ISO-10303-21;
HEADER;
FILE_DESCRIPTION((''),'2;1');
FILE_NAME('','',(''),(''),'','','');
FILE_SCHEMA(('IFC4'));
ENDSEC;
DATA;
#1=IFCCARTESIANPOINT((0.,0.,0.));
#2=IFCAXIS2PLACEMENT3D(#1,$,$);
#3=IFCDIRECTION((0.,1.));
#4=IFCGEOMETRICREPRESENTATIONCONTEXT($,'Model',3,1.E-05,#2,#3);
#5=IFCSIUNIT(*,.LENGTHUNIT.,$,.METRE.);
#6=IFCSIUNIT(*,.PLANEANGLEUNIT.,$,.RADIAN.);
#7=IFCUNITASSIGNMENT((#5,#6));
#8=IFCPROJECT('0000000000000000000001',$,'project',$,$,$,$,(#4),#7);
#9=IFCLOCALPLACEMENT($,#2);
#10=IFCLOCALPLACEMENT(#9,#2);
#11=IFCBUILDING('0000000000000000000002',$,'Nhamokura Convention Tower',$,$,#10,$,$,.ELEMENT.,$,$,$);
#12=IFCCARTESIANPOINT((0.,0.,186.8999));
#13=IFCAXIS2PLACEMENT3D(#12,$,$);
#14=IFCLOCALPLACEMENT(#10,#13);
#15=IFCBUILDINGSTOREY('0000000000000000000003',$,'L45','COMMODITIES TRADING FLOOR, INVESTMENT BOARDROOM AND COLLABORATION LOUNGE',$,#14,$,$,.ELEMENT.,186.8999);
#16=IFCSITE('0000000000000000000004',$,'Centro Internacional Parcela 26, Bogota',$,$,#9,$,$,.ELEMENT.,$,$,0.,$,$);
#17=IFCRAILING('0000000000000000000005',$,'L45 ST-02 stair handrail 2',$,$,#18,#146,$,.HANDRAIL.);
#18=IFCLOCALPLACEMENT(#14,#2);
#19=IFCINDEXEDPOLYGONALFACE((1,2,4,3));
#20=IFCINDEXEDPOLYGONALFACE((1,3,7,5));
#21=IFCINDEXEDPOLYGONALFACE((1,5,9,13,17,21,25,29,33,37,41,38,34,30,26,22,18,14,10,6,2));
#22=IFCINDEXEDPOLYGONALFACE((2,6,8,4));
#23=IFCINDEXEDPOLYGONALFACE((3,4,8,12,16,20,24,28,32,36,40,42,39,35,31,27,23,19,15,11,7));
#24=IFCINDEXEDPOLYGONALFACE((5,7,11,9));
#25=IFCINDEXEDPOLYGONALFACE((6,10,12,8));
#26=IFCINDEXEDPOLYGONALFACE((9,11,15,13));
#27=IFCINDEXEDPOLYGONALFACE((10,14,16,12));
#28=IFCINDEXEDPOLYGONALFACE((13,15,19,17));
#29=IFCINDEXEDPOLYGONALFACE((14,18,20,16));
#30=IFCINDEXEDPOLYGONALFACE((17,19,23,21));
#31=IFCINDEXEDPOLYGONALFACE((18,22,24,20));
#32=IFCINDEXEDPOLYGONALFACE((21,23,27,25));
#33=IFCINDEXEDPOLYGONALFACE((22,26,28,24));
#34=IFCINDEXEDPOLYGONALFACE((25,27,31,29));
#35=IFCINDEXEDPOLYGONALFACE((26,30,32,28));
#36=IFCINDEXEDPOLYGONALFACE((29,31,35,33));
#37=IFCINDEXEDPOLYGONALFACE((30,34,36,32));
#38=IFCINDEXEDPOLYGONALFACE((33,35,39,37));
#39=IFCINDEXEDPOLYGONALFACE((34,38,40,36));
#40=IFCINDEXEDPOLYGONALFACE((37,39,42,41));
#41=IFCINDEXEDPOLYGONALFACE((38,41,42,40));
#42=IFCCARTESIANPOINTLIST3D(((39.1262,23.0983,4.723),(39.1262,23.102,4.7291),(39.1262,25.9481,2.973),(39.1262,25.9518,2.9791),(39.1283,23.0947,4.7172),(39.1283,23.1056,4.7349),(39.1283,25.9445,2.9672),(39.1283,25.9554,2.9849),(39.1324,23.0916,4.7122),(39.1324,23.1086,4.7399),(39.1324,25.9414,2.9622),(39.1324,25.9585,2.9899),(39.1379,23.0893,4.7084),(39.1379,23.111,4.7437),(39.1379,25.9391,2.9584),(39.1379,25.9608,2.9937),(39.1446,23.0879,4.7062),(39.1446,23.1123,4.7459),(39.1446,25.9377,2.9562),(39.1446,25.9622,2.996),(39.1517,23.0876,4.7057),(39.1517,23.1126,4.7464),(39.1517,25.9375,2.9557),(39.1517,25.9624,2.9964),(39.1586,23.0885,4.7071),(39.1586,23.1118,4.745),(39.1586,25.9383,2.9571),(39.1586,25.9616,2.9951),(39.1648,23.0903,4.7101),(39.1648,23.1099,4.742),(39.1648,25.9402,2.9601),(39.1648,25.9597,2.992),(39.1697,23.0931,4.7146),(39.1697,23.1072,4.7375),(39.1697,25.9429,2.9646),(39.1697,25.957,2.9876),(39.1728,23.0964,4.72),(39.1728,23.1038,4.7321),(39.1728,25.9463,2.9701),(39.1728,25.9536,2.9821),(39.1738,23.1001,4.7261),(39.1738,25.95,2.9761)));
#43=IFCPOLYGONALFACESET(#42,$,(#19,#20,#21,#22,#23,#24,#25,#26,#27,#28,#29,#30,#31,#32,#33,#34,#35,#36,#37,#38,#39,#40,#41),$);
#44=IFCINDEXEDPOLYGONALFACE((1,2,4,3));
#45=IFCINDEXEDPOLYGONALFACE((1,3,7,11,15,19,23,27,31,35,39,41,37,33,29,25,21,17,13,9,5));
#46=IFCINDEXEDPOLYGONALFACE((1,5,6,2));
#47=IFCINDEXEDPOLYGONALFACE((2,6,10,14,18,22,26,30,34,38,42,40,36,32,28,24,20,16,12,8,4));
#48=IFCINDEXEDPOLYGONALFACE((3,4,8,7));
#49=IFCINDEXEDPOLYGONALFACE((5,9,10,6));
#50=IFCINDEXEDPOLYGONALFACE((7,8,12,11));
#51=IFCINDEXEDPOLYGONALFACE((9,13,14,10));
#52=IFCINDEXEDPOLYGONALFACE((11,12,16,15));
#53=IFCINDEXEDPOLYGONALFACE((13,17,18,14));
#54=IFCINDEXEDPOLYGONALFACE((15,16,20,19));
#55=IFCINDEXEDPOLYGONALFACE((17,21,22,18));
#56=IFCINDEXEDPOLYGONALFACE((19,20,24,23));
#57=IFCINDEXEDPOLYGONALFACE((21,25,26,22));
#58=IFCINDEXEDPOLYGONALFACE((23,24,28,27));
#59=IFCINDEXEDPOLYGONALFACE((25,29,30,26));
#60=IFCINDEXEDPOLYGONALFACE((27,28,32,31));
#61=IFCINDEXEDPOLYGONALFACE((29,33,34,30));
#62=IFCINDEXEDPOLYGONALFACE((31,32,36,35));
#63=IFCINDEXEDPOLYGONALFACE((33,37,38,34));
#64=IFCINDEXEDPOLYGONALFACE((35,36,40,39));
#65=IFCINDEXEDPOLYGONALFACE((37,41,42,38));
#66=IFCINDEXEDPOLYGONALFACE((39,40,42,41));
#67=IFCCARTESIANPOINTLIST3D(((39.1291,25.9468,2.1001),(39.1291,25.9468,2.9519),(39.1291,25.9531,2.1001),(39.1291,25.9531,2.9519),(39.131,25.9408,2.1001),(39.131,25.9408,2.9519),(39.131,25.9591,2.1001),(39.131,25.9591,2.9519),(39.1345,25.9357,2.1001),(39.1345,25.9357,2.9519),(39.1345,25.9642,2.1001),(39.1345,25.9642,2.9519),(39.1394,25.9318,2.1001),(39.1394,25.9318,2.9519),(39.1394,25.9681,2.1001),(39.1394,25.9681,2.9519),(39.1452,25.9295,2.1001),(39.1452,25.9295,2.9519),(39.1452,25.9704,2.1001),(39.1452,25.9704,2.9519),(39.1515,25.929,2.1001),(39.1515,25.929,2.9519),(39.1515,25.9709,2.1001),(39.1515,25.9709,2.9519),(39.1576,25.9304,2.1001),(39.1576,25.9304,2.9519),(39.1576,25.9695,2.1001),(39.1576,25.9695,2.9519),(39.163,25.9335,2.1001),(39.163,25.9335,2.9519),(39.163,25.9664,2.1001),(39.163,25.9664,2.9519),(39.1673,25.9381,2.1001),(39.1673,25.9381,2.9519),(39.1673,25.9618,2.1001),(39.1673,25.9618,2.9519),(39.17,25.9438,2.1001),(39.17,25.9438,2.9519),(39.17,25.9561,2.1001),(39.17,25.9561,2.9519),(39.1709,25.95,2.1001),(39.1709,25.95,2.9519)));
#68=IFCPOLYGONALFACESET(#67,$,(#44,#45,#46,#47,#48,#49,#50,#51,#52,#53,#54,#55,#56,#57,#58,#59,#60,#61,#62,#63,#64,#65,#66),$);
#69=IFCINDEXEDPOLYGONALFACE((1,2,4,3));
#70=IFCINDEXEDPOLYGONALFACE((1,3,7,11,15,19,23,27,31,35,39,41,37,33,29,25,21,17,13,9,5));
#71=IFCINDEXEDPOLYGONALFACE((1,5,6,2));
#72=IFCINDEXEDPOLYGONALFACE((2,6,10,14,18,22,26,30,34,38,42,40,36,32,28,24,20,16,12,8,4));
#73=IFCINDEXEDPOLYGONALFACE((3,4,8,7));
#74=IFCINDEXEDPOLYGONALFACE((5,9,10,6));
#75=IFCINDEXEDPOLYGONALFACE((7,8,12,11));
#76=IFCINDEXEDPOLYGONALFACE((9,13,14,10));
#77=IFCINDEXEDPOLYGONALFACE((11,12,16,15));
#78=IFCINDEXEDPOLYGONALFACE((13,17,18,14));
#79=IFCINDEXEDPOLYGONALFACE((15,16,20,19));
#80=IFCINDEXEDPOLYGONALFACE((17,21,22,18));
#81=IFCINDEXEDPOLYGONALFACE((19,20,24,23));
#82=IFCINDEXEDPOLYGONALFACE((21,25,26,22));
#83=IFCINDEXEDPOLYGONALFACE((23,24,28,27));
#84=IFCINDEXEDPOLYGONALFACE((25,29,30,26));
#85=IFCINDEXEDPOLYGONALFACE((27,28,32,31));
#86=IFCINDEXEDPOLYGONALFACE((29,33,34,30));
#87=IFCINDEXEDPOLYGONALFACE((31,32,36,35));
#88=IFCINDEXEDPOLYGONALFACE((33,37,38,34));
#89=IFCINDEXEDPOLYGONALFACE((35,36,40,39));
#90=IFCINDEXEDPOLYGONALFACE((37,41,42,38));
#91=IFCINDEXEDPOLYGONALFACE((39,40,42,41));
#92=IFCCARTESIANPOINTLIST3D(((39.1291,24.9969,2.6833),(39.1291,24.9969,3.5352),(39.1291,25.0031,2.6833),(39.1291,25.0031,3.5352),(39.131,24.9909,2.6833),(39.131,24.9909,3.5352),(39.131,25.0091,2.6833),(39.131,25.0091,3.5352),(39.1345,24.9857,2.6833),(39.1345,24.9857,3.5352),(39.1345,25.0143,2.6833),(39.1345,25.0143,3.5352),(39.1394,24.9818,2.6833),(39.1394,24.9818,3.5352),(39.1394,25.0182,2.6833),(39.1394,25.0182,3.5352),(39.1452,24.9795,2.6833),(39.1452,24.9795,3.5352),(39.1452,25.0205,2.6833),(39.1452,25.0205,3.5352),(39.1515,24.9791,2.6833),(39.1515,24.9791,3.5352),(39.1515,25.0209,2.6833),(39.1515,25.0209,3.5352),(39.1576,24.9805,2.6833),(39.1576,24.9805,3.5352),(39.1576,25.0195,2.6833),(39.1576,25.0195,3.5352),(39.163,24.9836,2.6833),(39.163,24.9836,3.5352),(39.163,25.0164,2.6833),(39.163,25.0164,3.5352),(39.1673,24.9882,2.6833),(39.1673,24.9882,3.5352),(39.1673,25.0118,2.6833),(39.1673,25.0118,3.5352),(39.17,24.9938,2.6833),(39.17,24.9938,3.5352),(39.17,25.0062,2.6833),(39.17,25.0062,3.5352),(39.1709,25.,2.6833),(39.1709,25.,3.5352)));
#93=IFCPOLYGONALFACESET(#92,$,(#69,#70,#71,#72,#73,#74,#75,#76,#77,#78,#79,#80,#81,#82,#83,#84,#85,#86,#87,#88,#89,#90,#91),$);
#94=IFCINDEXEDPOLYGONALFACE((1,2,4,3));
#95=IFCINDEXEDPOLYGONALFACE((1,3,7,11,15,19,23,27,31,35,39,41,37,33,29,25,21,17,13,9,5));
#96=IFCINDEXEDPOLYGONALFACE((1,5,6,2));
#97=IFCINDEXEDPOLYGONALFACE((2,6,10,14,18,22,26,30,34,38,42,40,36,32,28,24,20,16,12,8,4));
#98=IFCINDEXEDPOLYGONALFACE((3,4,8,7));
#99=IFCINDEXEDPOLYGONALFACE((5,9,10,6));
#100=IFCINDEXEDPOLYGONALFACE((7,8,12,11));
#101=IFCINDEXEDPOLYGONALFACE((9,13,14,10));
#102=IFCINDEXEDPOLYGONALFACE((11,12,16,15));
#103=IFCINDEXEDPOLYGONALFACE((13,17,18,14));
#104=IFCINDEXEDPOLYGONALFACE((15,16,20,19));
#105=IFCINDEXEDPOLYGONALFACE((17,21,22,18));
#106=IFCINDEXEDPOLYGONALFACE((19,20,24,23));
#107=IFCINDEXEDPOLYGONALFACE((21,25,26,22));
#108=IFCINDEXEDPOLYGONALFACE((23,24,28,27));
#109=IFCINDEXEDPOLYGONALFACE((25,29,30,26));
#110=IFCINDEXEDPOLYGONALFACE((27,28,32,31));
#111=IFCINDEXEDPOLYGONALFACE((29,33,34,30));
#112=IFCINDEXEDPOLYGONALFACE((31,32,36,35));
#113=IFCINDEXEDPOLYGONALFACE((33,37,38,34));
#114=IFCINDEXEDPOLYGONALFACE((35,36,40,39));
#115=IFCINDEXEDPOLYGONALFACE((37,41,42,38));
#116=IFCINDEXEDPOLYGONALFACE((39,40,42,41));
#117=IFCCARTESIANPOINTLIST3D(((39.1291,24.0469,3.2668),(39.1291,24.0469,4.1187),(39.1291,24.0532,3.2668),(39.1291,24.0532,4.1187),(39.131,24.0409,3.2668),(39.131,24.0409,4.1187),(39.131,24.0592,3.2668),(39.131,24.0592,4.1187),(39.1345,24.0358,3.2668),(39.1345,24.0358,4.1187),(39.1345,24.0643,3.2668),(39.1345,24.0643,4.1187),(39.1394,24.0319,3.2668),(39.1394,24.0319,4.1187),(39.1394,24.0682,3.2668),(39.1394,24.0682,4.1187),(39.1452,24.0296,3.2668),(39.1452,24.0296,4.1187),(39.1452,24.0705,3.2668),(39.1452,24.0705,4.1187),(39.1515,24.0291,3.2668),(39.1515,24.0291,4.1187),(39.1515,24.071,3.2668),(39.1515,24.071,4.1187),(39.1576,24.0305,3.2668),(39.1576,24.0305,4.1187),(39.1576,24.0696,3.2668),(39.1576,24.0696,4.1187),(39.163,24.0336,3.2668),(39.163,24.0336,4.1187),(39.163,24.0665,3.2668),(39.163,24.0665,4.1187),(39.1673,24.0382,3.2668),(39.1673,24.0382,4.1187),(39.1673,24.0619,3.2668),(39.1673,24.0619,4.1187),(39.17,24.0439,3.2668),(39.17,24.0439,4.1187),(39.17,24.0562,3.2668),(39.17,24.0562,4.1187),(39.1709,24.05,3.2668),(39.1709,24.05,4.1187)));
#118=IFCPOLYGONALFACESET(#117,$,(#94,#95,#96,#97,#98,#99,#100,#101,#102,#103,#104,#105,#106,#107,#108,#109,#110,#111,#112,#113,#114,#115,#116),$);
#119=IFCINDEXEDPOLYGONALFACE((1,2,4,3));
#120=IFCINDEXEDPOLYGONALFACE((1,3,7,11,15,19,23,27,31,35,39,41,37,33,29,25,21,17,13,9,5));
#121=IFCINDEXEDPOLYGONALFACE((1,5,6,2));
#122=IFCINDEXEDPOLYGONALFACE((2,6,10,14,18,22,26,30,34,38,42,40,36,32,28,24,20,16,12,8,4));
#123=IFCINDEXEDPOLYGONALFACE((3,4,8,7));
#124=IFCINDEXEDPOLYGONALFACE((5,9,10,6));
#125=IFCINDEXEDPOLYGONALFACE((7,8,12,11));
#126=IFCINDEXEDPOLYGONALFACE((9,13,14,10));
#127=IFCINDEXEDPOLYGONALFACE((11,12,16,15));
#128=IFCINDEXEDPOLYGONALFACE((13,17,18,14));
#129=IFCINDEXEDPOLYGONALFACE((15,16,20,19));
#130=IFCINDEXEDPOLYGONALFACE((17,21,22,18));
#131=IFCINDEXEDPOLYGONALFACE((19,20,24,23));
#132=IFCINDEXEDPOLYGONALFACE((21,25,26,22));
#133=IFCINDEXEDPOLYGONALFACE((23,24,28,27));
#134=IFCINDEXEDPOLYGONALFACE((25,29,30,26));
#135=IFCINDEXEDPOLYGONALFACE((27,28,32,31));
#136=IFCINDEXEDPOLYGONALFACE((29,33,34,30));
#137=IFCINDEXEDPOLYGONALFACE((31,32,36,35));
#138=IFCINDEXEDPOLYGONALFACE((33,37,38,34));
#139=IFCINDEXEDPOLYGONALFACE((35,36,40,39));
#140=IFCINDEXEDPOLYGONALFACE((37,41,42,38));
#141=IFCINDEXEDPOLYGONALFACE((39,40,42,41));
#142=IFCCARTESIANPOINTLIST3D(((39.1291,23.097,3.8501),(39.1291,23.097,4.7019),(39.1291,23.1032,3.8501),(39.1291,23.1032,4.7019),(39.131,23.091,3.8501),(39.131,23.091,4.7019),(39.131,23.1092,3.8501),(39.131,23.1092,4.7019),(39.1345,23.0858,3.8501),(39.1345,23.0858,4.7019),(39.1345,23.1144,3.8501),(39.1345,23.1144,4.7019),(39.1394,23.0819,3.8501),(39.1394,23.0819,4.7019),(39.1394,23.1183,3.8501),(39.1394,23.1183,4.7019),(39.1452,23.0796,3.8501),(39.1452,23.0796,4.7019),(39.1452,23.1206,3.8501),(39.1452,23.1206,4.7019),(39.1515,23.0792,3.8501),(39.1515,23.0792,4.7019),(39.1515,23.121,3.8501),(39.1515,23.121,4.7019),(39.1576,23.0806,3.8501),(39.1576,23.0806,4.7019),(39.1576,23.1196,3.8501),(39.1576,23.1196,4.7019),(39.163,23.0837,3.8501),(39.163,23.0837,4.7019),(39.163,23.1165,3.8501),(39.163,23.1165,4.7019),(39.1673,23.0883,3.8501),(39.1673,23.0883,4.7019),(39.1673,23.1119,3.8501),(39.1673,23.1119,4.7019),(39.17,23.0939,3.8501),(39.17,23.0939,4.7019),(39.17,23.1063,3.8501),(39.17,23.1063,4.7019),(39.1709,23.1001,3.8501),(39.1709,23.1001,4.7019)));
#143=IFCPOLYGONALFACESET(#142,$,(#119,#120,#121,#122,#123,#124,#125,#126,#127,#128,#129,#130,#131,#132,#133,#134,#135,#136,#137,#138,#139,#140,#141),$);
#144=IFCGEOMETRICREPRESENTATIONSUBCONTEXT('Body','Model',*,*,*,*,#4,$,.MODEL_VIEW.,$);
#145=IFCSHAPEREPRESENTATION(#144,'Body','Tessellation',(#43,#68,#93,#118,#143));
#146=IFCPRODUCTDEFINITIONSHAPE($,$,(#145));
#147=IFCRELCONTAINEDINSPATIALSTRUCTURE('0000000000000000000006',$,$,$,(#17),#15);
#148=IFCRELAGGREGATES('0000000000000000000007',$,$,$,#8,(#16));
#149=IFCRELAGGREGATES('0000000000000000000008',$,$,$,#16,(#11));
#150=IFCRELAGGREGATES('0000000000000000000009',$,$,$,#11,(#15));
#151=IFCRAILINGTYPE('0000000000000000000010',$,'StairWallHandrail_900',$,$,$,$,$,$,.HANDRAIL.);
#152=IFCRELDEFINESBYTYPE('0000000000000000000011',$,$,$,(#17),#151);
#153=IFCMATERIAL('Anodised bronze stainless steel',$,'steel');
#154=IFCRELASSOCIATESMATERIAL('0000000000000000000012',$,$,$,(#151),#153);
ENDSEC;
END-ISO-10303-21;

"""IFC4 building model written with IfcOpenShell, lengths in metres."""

from ifc_helpers import new_model, si_unit, direction, frame, origin, origin_2d, place, context, subcontext, project, spatial, circle, extrude, material, type_object, element, save


model = new_model("IFC4")

# Units and contexts
model_context = context("Model", 3, precision=1e-05, world=origin(), true_north=direction((0.0, 1.0)))
body_context = subcontext(model_context, "Body", "Model", "MODEL_VIEW")
ifc_project = project(units=[si_unit("LENGTHUNIT", "METRE"), si_unit("PLANEANGLEUNIT", "RADIAN")], contexts=[model_context])

# Site, building, storey
site_placement = place(None, origin())
site = spatial("IfcSite", under=ifc_project, at=site_placement, Name="Centro Internacional Parcela 26, Bogota", CompositionType="ELEMENT", RefElevation=0.0)
building_placement = place(site_placement, origin())
building = spatial("IfcBuilding", under=site, at=building_placement, Name="Nhamokura Convention Tower", CompositionType="ELEMENT")
storey_placement = place(building_placement, frame((0.0, 0.0, 186.8999)))
storey = spatial("IfcBuildingStorey", under=building, at=storey_placement, Name="L45", Description="COMMODITIES TRADING FLOOR, INVESTMENT BOARDROOM AND COLLABORATION LOUNGE", CompositionType="ELEMENT", Elevation=186.8999)

# Railing
ifc_material_1 = material(Name="Anodised bronze stainless steel", Category="steel")
railing_type_1 = type_object("IfcRailingType", Name="StairWallHandrail_900", PredefinedType="HANDRAIL", material=ifc_material_1)
railing_1_placement = place(storey_placement, frame((39.1499, 25.95, 2.1001)))
element("IfcRailing", 1, at=railing_1_placement, inside=storey, type_object=railing_type_1, Name="L45 ST-02 stair handrail 2", PredefinedType="HANDRAIL", context=body_context, shape_type="SweptSolid", body=[
    extrude(circle(Radius=0.0239, at=origin_2d()), frame((0.0, 0.0, 0.876), z_axis=(0.0, -0.852159, 0.523283), x_axis=(1.0, 0.0, 0.0)), (0.0, 0.0, 1.0), 3.3442),
    extrude(circle(Radius=0.021, at=origin_2d()), origin(), (0.0, 0.0, 1.0), 0.8518),
    extrude(circle(Radius=0.021, at=origin_2d()), frame((0.0, -0.95, 0.5833)), (0.0, 0.0, 1.0), 0.8518),
    extrude(circle(Radius=0.021, at=origin_2d()), frame((0.0, -1.8999, 1.1667)), (0.0, 0.0, 1.0), 0.8518),
    extrude(circle(Radius=0.021, at=origin_2d()), frame((0.0, -2.8499, 1.75)), (0.0, 0.0, 1.0), 0.8518),
])

save(model, "model.ifc")
